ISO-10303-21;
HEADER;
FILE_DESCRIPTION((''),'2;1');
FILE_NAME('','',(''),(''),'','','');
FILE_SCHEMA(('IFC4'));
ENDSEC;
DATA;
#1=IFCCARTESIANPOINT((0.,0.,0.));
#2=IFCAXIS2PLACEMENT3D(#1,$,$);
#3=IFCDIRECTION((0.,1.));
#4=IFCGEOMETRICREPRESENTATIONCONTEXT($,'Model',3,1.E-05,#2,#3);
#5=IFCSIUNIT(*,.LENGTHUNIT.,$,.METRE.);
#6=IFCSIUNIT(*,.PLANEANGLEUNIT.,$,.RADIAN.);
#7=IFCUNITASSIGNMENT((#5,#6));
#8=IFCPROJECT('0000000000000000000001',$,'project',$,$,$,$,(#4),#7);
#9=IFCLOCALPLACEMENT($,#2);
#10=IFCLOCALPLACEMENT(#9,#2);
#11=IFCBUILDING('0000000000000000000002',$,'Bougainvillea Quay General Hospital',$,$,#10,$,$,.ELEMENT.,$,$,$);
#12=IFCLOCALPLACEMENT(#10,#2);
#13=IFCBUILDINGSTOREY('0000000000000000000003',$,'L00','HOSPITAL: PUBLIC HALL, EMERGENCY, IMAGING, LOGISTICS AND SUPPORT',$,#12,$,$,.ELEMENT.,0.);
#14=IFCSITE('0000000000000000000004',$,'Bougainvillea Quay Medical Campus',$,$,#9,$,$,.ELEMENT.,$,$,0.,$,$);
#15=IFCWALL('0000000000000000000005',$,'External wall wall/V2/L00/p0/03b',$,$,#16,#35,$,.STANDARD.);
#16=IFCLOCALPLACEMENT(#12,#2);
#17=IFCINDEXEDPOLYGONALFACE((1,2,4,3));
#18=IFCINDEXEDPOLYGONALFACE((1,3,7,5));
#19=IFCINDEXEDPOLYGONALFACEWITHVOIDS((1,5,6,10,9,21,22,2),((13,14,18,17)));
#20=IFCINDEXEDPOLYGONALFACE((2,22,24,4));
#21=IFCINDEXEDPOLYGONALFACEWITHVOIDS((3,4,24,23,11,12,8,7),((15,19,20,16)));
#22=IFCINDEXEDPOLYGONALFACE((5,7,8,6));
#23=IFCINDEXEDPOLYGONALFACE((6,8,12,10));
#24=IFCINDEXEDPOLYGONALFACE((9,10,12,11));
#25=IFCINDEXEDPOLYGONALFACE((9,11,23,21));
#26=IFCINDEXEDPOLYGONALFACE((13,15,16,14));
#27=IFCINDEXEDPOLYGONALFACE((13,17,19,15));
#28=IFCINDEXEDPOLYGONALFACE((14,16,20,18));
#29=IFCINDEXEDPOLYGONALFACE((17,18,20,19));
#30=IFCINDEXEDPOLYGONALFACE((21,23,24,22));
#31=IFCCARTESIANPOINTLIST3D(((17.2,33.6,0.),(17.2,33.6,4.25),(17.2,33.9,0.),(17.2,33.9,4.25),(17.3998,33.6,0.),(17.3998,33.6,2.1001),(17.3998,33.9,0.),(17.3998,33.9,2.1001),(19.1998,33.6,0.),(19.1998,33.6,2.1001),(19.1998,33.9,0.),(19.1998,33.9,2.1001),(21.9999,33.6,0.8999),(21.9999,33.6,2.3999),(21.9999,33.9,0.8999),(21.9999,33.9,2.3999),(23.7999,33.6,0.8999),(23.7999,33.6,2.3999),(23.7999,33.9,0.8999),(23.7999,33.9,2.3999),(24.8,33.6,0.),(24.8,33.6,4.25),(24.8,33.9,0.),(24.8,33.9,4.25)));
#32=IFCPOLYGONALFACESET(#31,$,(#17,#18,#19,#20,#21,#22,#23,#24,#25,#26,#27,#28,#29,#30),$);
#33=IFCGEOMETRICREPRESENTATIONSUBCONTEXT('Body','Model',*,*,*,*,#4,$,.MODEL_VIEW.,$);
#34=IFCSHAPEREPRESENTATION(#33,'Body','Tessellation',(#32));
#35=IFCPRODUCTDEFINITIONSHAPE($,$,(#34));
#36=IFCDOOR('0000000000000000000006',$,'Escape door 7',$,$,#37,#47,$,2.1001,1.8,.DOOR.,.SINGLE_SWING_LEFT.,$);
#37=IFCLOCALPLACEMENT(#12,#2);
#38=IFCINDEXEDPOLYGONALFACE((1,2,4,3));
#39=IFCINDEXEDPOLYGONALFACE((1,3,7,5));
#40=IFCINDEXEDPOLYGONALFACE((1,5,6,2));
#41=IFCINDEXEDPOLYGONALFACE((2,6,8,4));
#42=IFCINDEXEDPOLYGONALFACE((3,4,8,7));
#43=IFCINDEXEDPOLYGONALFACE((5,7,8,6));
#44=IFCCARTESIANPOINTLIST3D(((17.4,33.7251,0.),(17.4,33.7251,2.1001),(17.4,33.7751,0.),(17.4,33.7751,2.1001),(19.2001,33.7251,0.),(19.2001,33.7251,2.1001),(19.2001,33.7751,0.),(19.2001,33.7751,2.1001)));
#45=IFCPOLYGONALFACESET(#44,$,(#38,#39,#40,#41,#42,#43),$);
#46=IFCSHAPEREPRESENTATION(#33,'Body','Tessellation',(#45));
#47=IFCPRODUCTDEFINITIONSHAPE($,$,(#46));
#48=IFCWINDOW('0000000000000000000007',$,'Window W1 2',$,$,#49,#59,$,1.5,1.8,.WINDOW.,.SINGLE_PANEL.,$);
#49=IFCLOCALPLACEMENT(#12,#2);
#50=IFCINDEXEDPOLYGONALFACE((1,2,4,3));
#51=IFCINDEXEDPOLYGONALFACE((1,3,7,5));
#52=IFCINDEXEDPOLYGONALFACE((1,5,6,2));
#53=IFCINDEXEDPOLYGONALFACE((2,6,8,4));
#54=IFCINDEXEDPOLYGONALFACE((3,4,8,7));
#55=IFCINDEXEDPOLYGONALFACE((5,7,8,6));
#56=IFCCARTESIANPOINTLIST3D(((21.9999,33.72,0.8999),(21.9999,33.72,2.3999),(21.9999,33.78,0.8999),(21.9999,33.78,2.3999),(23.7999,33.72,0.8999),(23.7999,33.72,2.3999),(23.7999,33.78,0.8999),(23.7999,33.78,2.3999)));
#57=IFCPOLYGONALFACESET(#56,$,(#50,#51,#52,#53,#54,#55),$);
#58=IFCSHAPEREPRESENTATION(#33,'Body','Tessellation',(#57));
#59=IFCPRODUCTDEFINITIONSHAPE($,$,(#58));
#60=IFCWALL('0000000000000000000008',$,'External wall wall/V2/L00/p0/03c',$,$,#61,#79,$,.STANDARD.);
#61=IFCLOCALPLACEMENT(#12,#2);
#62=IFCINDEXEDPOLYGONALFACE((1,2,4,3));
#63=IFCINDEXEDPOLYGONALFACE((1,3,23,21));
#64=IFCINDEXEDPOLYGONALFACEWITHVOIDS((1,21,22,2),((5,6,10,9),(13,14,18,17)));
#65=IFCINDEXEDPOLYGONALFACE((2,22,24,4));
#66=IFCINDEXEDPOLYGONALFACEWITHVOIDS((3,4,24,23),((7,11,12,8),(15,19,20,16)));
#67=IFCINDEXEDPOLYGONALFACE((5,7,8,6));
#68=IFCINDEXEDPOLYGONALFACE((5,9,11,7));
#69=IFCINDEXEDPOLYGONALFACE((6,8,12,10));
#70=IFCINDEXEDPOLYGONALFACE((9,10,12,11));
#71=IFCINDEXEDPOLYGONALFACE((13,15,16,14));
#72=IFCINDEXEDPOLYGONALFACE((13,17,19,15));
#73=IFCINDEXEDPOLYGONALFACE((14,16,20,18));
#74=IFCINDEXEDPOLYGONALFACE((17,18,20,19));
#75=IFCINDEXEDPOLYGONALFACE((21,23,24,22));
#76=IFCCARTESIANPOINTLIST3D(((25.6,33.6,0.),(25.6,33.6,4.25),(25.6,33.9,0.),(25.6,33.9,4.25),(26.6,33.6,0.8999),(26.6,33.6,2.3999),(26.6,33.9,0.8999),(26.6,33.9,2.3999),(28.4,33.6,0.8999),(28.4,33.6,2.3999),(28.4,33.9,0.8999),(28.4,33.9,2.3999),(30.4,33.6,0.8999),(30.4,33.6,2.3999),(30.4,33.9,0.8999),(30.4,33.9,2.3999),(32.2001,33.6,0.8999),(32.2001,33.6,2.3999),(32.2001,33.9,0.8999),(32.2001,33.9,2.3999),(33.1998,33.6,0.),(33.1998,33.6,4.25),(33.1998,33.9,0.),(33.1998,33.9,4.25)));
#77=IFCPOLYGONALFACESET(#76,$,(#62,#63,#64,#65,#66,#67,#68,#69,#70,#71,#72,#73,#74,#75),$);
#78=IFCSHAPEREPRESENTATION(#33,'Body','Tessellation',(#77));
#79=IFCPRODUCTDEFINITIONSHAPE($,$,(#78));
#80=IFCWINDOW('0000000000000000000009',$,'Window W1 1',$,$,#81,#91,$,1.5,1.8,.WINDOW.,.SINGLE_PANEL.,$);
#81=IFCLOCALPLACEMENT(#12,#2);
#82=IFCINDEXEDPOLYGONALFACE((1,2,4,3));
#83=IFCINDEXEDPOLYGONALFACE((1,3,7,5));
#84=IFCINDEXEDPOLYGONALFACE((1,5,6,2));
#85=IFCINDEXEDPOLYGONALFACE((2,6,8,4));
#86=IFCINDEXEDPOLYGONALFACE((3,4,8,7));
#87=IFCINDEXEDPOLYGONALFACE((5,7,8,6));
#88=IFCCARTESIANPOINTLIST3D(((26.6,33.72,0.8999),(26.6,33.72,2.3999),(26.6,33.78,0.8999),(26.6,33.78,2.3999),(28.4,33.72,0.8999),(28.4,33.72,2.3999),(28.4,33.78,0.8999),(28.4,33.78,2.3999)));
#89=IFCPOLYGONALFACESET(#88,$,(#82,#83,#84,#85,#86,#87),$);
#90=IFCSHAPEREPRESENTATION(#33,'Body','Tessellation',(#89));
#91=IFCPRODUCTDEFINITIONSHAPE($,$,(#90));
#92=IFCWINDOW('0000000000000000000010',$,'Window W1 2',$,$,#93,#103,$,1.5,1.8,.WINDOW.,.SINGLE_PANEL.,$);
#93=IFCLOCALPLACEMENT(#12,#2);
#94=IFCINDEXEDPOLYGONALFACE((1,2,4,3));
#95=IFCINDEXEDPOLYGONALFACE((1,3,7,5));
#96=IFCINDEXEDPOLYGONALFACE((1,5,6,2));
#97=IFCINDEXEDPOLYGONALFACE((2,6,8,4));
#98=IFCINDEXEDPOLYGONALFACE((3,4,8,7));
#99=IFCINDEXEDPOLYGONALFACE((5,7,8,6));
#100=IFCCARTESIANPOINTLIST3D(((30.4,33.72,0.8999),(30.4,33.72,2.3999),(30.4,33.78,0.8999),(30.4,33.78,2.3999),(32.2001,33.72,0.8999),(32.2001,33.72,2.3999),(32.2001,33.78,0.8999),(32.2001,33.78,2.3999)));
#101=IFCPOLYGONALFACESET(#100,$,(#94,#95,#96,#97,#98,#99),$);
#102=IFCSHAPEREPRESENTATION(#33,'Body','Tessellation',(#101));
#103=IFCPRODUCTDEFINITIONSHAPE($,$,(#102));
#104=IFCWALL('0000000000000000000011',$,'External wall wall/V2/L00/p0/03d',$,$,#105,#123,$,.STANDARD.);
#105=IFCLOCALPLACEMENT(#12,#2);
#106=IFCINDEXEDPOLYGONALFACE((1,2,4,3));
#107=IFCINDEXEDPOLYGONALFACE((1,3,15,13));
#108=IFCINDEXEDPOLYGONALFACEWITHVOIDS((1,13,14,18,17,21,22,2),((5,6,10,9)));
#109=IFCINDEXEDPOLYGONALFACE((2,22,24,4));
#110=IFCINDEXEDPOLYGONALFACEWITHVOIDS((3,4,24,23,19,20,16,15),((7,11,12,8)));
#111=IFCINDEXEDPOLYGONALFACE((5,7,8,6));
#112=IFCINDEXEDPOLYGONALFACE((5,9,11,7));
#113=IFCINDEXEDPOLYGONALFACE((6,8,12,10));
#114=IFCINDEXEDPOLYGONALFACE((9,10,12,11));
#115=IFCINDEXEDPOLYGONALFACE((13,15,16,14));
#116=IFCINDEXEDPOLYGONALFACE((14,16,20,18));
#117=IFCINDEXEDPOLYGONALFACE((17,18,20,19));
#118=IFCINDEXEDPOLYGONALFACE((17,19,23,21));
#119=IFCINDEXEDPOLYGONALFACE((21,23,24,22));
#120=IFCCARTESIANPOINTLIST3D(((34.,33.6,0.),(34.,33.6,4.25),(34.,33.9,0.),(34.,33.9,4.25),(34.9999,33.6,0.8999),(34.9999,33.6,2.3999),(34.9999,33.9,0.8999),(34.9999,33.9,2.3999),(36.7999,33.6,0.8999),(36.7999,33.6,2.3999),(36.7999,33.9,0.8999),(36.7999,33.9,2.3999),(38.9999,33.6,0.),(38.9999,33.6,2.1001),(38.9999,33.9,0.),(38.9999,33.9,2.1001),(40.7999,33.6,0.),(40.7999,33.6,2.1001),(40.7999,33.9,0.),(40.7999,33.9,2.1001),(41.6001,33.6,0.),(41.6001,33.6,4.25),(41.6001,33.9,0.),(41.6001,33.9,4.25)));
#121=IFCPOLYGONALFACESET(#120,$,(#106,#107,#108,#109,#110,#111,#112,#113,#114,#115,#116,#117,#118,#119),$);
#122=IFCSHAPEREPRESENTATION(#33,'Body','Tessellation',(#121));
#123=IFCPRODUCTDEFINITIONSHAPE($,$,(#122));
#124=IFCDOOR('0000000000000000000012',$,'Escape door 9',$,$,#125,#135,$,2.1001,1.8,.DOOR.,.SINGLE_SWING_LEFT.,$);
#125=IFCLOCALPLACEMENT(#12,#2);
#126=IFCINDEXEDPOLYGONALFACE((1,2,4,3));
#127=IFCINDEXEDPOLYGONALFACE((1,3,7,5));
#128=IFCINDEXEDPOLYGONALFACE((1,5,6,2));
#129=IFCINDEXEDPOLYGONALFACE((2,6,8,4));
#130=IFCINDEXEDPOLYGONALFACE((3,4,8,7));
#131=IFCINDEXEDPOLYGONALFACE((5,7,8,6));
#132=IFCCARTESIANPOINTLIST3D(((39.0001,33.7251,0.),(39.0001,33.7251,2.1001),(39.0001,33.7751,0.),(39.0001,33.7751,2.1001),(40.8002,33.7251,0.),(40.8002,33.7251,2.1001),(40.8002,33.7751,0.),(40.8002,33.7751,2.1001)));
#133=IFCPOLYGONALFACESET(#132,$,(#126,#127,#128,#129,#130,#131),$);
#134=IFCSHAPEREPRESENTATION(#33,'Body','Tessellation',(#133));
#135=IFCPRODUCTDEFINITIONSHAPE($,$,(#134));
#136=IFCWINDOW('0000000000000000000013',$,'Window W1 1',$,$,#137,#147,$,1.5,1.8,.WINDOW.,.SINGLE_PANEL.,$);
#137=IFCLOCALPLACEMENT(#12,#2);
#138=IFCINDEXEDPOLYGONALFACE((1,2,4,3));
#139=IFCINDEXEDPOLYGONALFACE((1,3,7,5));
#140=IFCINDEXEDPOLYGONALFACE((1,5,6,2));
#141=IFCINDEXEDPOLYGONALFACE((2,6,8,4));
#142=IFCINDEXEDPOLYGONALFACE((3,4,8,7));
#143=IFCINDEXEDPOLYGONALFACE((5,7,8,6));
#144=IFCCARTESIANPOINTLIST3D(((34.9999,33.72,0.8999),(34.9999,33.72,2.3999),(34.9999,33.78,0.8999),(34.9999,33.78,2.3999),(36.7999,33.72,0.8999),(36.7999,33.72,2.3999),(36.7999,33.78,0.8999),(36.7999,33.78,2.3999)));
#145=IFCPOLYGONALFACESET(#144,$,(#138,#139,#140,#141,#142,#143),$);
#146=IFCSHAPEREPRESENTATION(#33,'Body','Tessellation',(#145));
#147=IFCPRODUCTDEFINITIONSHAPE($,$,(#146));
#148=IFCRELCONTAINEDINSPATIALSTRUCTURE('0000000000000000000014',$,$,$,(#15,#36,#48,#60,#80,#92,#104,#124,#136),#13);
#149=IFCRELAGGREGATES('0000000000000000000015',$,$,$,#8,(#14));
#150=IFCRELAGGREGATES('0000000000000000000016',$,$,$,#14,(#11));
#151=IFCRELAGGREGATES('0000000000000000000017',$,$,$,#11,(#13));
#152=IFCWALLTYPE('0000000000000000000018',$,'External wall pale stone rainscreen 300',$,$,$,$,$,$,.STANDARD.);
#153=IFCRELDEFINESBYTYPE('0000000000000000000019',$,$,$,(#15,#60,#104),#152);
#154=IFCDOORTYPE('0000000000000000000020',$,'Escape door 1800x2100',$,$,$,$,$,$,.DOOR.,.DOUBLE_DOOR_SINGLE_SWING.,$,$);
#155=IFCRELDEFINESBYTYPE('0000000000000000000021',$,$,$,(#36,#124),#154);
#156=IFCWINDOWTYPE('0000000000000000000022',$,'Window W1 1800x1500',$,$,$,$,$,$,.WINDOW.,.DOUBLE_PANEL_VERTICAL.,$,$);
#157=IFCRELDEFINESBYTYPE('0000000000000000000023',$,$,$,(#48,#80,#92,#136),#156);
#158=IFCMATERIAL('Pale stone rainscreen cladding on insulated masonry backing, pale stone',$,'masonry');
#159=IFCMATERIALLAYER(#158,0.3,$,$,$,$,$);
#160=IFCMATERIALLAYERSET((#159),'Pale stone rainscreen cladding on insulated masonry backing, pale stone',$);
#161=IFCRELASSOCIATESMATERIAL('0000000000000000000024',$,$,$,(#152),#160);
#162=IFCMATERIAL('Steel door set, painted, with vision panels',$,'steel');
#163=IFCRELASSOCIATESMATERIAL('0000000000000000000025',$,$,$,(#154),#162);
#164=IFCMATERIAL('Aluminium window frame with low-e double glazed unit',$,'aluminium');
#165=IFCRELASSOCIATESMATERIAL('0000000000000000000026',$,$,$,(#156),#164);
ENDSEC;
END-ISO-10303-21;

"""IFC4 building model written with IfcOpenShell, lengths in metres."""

from ifc_helpers import new_model, si_unit, direction, frame, frame_2d, origin, place, context, subcontext, project, spatial, rectangle, extrude, material, layer, layer_set, type_object, element, fill, save


model = new_model("IFC4")

# Units and contexts
model_context = context("Model", 3, precision=1e-05, world=origin(), true_north=direction((0.0, 1.0)))
body_context = subcontext(model_context, "Body", "Model", "MODEL_VIEW")
ifc_project = project(units=[si_unit("LENGTHUNIT", "METRE"), si_unit("PLANEANGLEUNIT", "RADIAN")], contexts=[model_context])

# Site, building, storey
site_placement = place(None, origin())
site = spatial("IfcSite", under=ifc_project, at=site_placement, Name="Bougainvillea Quay Medical Campus", CompositionType="ELEMENT", RefElevation=0.0)
building_placement = place(site_placement, origin())
building = spatial("IfcBuilding", under=site, at=building_placement, Name="Bougainvillea Quay General Hospital", CompositionType="ELEMENT")
storey_placement = place(building_placement, origin())
storey = spatial("IfcBuildingStorey", under=building, at=storey_placement, Name="L00", Description="HOSPITAL: PUBLIC HALL, EMERGENCY, IMAGING, LOGISTICS AND SUPPORT", CompositionType="ELEMENT", Elevation=0.0)

# Wall, openings, door, window
ifc_material_1 = material(Name="Pale stone rainscreen cladding on insulated masonry backing, pale stone", Category="masonry")
ifc_layer_1 = layer(ifc_material_1, 0.3)
ifc_layer_set_1 = layer_set([ifc_layer_1], Name="Pale stone rainscreen cladding on insulated masonry backing, pale stone")
wall_type_1 = type_object("IfcWallType", Name="External wall pale stone rainscreen 300", PredefinedType="STANDARD", material=ifc_layer_set_1)
wall_1_placement = place(storey_placement, frame((17.2, 33.75, 0.0), z_axis=(0.0, 0.0, 1.0), x_axis=(1.0, 0.0, 0.0)))
wall_1 = element("IfcWall", 1, at=wall_1_placement, inside=storey, type_object=wall_type_1, Name="External wall wall/V2/L00/p0/03b", PredefinedType="STANDARD", context=body_context, shape_type="SweptSolid", body=[
    extrude(rectangle(XDim=7.6001, YDim=0.3, at=frame_2d((3.8, 0.0))), origin(), (0.0, 0.0, 1.0), 4.25),
])
opening_1_placement = place(wall_1_placement, frame((0.2, 0.0, 0.0)))
opening_1 = element("IfcOpeningElement", 2, at=opening_1_placement, cuts=wall_1, PredefinedType="OPENING", context=body_context, shape_type="SweptSolid", body=[
    extrude(rectangle(XDim=1.8, YDim=2.1001, at=frame_2d((0.8999, 1.05))), frame((0.0, 0.1599, 0.0), z_axis=(0.0, -1.0, 0.0), x_axis=(1.0, 0.0, 0.0)), (0.0, 0.0, 1.0), 0.3201),
])
opening_2_placement = place(wall_1_placement, frame((4.8, 0.0, 0.8999)))
opening_2 = element("IfcOpeningElement", 3, at=opening_2_placement, cuts=wall_1, PredefinedType="OPENING", context=body_context, shape_type="SweptSolid", body=[
    extrude(rectangle(XDim=1.8, YDim=1.5, at=frame_2d((0.8999, 0.75))), frame((0.0, 0.1599, 0.0), z_axis=(0.0, -1.0, 0.0), x_axis=(1.0, 0.0, 0.0)), (0.0, 0.0, 1.0), 0.3201),
])
ifc_material_2 = material(Name="Steel door set, painted, with vision panels", Category="steel")
door_type_1 = type_object("IfcDoorType", Name="Escape door 1800x2100", OperationType="DOUBLE_DOOR_SINGLE_SWING", PredefinedType="DOOR", material=ifc_material_2)
door_1_placement = place(opening_1_placement, frame((1.8, 0.0, 0.0), z_axis=(0.0, 0.0, 1.0), x_axis=(-1.0, 0.0, 0.0)))
door_1 = element("IfcDoor", 4, at=door_1_placement, inside=storey, type_object=door_type_1, Name="Escape door 7", OperationType="SINGLE_SWING_LEFT", OverallHeight=2.1001, OverallWidth=1.8, PredefinedType="DOOR", context=body_context, shape_type="SweptSolid", body=[
    extrude(rectangle(XDim=1.8, YDim=2.1001, at=frame_2d((0.8999, 1.05))), frame((0.0, 0.0249, 0.0), z_axis=(0.0, -1.0, 0.0), x_axis=(1.0, 0.0, 0.0)), (0.0, 0.0, 1.0), 0.05),
])
fill(opening_1, door_1)
ifc_material_3 = material(Name="Aluminium window frame with low-e double glazed unit", Category="aluminium")
window_type = type_object("IfcWindowType", Name="Window W1 1800x1500", PartitioningType="DOUBLE_PANEL_VERTICAL", PredefinedType="WINDOW", material=ifc_material_3)
window_1_placement = place(opening_2_placement, origin())
window_1 = element("IfcWindow", 5, at=window_1_placement, inside=storey, type_object=window_type, Name="Window W1 2", OverallHeight=1.5, OverallWidth=1.8, PartitioningType="SINGLE_PANEL", PredefinedType="WINDOW", context=body_context, shape_type="SweptSolid", body=[
    extrude(rectangle(XDim=1.8, YDim=1.5, at=frame_2d((0.8999, 0.75))), frame((0.0, 0.03, 0.0), z_axis=(0.0, -1.0, 0.0), x_axis=(1.0, 0.0, 0.0)), (0.0, 0.0, 1.0), 0.0601),
])
fill(opening_2, window_1)

# Wall, openings, windows
wall_2_placement = place(storey_placement, frame((25.6001, 33.75, 0.0), z_axis=(0.0, 0.0, 1.0), x_axis=(1.0, 0.0, 0.0)))
wall_2 = element("IfcWall", 6, at=wall_2_placement, inside=storey, type_object=wall_type_1, Name="External wall wall/V2/L00/p0/03c", PredefinedType="STANDARD", context=body_context, shape_type="SweptSolid", body=[
    extrude(rectangle(XDim=7.5999, YDim=0.3, at=frame_2d((3.7998, 0.0))), origin(), (0.0, 0.0, 1.0), 4.25),
])
opening_3_placement = place(wall_2_placement, frame((1.0, 0.0, 0.8999)))
opening_3 = element("IfcOpeningElement", 7, at=opening_3_placement, cuts=wall_2, PredefinedType="OPENING", context=body_context, shape_type="SweptSolid", body=[
    extrude(rectangle(XDim=1.8, YDim=1.5, at=frame_2d((0.8999, 0.75))), frame((0.0, 0.1599, 0.0), z_axis=(0.0, -1.0, 0.0), x_axis=(1.0, 0.0, 0.0)), (0.0, 0.0, 1.0), 0.3201),
])
opening_4_placement = place(wall_2_placement, frame((4.8, 0.0, 0.8999)))
opening_4 = element("IfcOpeningElement", 8, at=opening_4_placement, cuts=wall_2, PredefinedType="OPENING", context=body_context, shape_type="SweptSolid", body=[
    extrude(rectangle(XDim=1.8, YDim=1.5, at=frame_2d((0.8999, 0.75))), frame((0.0, 0.1599, 0.0), z_axis=(0.0, -1.0, 0.0), x_axis=(1.0, 0.0, 0.0)), (0.0, 0.0, 1.0), 0.3201),
])
window_2_placement = place(opening_3_placement, origin())
window_2 = element("IfcWindow", 9, at=window_2_placement, inside=storey, type_object=window_type, Name="Window W1 1", OverallHeight=1.5, OverallWidth=1.8, PartitioningType="SINGLE_PANEL", PredefinedType="WINDOW", context=body_context, shape_type="SweptSolid", body=[
    extrude(rectangle(XDim=1.8, YDim=1.5, at=frame_2d((0.8999, 0.75))), frame((0.0, 0.03, 0.0), z_axis=(0.0, -1.0, 0.0), x_axis=(1.0, 0.0, 0.0)), (0.0, 0.0, 1.0), 0.0601),
])
fill(opening_3, window_2)
window_3_placement = place(opening_4_placement, origin())
window_3 = element("IfcWindow", 10, at=window_3_placement, inside=storey, type_object=window_type, Name="Window W1 2", OverallHeight=1.5, OverallWidth=1.8, PartitioningType="SINGLE_PANEL", PredefinedType="WINDOW", context=body_context, shape_type="SweptSolid", body=[
    extrude(rectangle(XDim=1.8, YDim=1.5, at=frame_2d((0.8999, 0.75))), frame((0.0, 0.03, 0.0), z_axis=(0.0, -1.0, 0.0), x_axis=(1.0, 0.0, 0.0)), (0.0, 0.0, 1.0), 0.0601),
])
fill(opening_4, window_3)

# Wall, openings, door, window
wall_3_placement = place(storey_placement, frame((34.0, 33.75, 0.0), z_axis=(0.0, 0.0, 1.0), x_axis=(1.0, 0.0, 0.0)))
wall_3 = element("IfcWall", 11, at=wall_3_placement, inside=storey, type_object=wall_type_1, Name="External wall wall/V2/L00/p0/03d", PredefinedType="STANDARD", context=body_context, shape_type="SweptSolid", body=[
    extrude(rectangle(XDim=7.6001, YDim=0.3, at=frame_2d((3.8, 0.0))), origin(), (0.0, 0.0, 1.0), 4.25),
])
opening_5_placement = place(wall_3_placement, frame((5.0, 0.0, 0.0)))
opening_5 = element("IfcOpeningElement", 12, at=opening_5_placement, cuts=wall_3, PredefinedType="OPENING", context=body_context, shape_type="SweptSolid", body=[
    extrude(rectangle(XDim=1.8, YDim=2.1001, at=frame_2d((0.8999, 1.05))), frame((0.0, 0.1599, 0.0), z_axis=(0.0, -1.0, 0.0), x_axis=(1.0, 0.0, 0.0)), (0.0, 0.0, 1.0), 0.3201),
])
opening_6_placement = place(wall_3_placement, frame((1.0, 0.0, 0.8999)))
opening_6 = element("IfcOpeningElement", 13, at=opening_6_placement, cuts=wall_3, PredefinedType="OPENING", context=body_context, shape_type="SweptSolid", body=[
    extrude(rectangle(XDim=1.8, YDim=1.5, at=frame_2d((0.8999, 0.75))), frame((0.0, 0.1599, 0.0), z_axis=(0.0, -1.0, 0.0), x_axis=(1.0, 0.0, 0.0)), (0.0, 0.0, 1.0), 0.3201),
])
door_2_placement = place(opening_5_placement, frame((1.8, 0.0, 0.0), z_axis=(0.0, 0.0, 1.0), x_axis=(-1.0, 0.0, 0.0)))
door_2 = element("IfcDoor", 14, at=door_2_placement, inside=storey, type_object=door_type_1, Name="Escape door 9", OperationType="SINGLE_SWING_LEFT", OverallHeight=2.1001, OverallWidth=1.8, PredefinedType="DOOR", context=body_context, shape_type="SweptSolid", body=[
    extrude(rectangle(XDim=1.8, YDim=2.1001, at=frame_2d((0.8999, 1.05))), frame((0.0, 0.0249, 0.0), z_axis=(0.0, -1.0, 0.0), x_axis=(1.0, 0.0, 0.0)), (0.0, 0.0, 1.0), 0.05),
])
fill(opening_5, door_2)
window_4_placement = place(opening_6_placement, origin())
window_4 = element("IfcWindow", 15, at=window_4_placement, inside=storey, type_object=window_type, Name="Window W1 1", OverallHeight=1.5, OverallWidth=1.8, PartitioningType="SINGLE_PANEL", PredefinedType="WINDOW", context=body_context, shape_type="SweptSolid", body=[
    extrude(rectangle(XDim=1.8, YDim=1.5, at=frame_2d((0.8999, 0.75))), frame((0.0, 0.03, 0.0), z_axis=(0.0, -1.0, 0.0), x_axis=(1.0, 0.0, 0.0)), (0.0, 0.0, 1.0), 0.0601),
])
fill(opening_6, window_4)

save(model, "model.ifc")
